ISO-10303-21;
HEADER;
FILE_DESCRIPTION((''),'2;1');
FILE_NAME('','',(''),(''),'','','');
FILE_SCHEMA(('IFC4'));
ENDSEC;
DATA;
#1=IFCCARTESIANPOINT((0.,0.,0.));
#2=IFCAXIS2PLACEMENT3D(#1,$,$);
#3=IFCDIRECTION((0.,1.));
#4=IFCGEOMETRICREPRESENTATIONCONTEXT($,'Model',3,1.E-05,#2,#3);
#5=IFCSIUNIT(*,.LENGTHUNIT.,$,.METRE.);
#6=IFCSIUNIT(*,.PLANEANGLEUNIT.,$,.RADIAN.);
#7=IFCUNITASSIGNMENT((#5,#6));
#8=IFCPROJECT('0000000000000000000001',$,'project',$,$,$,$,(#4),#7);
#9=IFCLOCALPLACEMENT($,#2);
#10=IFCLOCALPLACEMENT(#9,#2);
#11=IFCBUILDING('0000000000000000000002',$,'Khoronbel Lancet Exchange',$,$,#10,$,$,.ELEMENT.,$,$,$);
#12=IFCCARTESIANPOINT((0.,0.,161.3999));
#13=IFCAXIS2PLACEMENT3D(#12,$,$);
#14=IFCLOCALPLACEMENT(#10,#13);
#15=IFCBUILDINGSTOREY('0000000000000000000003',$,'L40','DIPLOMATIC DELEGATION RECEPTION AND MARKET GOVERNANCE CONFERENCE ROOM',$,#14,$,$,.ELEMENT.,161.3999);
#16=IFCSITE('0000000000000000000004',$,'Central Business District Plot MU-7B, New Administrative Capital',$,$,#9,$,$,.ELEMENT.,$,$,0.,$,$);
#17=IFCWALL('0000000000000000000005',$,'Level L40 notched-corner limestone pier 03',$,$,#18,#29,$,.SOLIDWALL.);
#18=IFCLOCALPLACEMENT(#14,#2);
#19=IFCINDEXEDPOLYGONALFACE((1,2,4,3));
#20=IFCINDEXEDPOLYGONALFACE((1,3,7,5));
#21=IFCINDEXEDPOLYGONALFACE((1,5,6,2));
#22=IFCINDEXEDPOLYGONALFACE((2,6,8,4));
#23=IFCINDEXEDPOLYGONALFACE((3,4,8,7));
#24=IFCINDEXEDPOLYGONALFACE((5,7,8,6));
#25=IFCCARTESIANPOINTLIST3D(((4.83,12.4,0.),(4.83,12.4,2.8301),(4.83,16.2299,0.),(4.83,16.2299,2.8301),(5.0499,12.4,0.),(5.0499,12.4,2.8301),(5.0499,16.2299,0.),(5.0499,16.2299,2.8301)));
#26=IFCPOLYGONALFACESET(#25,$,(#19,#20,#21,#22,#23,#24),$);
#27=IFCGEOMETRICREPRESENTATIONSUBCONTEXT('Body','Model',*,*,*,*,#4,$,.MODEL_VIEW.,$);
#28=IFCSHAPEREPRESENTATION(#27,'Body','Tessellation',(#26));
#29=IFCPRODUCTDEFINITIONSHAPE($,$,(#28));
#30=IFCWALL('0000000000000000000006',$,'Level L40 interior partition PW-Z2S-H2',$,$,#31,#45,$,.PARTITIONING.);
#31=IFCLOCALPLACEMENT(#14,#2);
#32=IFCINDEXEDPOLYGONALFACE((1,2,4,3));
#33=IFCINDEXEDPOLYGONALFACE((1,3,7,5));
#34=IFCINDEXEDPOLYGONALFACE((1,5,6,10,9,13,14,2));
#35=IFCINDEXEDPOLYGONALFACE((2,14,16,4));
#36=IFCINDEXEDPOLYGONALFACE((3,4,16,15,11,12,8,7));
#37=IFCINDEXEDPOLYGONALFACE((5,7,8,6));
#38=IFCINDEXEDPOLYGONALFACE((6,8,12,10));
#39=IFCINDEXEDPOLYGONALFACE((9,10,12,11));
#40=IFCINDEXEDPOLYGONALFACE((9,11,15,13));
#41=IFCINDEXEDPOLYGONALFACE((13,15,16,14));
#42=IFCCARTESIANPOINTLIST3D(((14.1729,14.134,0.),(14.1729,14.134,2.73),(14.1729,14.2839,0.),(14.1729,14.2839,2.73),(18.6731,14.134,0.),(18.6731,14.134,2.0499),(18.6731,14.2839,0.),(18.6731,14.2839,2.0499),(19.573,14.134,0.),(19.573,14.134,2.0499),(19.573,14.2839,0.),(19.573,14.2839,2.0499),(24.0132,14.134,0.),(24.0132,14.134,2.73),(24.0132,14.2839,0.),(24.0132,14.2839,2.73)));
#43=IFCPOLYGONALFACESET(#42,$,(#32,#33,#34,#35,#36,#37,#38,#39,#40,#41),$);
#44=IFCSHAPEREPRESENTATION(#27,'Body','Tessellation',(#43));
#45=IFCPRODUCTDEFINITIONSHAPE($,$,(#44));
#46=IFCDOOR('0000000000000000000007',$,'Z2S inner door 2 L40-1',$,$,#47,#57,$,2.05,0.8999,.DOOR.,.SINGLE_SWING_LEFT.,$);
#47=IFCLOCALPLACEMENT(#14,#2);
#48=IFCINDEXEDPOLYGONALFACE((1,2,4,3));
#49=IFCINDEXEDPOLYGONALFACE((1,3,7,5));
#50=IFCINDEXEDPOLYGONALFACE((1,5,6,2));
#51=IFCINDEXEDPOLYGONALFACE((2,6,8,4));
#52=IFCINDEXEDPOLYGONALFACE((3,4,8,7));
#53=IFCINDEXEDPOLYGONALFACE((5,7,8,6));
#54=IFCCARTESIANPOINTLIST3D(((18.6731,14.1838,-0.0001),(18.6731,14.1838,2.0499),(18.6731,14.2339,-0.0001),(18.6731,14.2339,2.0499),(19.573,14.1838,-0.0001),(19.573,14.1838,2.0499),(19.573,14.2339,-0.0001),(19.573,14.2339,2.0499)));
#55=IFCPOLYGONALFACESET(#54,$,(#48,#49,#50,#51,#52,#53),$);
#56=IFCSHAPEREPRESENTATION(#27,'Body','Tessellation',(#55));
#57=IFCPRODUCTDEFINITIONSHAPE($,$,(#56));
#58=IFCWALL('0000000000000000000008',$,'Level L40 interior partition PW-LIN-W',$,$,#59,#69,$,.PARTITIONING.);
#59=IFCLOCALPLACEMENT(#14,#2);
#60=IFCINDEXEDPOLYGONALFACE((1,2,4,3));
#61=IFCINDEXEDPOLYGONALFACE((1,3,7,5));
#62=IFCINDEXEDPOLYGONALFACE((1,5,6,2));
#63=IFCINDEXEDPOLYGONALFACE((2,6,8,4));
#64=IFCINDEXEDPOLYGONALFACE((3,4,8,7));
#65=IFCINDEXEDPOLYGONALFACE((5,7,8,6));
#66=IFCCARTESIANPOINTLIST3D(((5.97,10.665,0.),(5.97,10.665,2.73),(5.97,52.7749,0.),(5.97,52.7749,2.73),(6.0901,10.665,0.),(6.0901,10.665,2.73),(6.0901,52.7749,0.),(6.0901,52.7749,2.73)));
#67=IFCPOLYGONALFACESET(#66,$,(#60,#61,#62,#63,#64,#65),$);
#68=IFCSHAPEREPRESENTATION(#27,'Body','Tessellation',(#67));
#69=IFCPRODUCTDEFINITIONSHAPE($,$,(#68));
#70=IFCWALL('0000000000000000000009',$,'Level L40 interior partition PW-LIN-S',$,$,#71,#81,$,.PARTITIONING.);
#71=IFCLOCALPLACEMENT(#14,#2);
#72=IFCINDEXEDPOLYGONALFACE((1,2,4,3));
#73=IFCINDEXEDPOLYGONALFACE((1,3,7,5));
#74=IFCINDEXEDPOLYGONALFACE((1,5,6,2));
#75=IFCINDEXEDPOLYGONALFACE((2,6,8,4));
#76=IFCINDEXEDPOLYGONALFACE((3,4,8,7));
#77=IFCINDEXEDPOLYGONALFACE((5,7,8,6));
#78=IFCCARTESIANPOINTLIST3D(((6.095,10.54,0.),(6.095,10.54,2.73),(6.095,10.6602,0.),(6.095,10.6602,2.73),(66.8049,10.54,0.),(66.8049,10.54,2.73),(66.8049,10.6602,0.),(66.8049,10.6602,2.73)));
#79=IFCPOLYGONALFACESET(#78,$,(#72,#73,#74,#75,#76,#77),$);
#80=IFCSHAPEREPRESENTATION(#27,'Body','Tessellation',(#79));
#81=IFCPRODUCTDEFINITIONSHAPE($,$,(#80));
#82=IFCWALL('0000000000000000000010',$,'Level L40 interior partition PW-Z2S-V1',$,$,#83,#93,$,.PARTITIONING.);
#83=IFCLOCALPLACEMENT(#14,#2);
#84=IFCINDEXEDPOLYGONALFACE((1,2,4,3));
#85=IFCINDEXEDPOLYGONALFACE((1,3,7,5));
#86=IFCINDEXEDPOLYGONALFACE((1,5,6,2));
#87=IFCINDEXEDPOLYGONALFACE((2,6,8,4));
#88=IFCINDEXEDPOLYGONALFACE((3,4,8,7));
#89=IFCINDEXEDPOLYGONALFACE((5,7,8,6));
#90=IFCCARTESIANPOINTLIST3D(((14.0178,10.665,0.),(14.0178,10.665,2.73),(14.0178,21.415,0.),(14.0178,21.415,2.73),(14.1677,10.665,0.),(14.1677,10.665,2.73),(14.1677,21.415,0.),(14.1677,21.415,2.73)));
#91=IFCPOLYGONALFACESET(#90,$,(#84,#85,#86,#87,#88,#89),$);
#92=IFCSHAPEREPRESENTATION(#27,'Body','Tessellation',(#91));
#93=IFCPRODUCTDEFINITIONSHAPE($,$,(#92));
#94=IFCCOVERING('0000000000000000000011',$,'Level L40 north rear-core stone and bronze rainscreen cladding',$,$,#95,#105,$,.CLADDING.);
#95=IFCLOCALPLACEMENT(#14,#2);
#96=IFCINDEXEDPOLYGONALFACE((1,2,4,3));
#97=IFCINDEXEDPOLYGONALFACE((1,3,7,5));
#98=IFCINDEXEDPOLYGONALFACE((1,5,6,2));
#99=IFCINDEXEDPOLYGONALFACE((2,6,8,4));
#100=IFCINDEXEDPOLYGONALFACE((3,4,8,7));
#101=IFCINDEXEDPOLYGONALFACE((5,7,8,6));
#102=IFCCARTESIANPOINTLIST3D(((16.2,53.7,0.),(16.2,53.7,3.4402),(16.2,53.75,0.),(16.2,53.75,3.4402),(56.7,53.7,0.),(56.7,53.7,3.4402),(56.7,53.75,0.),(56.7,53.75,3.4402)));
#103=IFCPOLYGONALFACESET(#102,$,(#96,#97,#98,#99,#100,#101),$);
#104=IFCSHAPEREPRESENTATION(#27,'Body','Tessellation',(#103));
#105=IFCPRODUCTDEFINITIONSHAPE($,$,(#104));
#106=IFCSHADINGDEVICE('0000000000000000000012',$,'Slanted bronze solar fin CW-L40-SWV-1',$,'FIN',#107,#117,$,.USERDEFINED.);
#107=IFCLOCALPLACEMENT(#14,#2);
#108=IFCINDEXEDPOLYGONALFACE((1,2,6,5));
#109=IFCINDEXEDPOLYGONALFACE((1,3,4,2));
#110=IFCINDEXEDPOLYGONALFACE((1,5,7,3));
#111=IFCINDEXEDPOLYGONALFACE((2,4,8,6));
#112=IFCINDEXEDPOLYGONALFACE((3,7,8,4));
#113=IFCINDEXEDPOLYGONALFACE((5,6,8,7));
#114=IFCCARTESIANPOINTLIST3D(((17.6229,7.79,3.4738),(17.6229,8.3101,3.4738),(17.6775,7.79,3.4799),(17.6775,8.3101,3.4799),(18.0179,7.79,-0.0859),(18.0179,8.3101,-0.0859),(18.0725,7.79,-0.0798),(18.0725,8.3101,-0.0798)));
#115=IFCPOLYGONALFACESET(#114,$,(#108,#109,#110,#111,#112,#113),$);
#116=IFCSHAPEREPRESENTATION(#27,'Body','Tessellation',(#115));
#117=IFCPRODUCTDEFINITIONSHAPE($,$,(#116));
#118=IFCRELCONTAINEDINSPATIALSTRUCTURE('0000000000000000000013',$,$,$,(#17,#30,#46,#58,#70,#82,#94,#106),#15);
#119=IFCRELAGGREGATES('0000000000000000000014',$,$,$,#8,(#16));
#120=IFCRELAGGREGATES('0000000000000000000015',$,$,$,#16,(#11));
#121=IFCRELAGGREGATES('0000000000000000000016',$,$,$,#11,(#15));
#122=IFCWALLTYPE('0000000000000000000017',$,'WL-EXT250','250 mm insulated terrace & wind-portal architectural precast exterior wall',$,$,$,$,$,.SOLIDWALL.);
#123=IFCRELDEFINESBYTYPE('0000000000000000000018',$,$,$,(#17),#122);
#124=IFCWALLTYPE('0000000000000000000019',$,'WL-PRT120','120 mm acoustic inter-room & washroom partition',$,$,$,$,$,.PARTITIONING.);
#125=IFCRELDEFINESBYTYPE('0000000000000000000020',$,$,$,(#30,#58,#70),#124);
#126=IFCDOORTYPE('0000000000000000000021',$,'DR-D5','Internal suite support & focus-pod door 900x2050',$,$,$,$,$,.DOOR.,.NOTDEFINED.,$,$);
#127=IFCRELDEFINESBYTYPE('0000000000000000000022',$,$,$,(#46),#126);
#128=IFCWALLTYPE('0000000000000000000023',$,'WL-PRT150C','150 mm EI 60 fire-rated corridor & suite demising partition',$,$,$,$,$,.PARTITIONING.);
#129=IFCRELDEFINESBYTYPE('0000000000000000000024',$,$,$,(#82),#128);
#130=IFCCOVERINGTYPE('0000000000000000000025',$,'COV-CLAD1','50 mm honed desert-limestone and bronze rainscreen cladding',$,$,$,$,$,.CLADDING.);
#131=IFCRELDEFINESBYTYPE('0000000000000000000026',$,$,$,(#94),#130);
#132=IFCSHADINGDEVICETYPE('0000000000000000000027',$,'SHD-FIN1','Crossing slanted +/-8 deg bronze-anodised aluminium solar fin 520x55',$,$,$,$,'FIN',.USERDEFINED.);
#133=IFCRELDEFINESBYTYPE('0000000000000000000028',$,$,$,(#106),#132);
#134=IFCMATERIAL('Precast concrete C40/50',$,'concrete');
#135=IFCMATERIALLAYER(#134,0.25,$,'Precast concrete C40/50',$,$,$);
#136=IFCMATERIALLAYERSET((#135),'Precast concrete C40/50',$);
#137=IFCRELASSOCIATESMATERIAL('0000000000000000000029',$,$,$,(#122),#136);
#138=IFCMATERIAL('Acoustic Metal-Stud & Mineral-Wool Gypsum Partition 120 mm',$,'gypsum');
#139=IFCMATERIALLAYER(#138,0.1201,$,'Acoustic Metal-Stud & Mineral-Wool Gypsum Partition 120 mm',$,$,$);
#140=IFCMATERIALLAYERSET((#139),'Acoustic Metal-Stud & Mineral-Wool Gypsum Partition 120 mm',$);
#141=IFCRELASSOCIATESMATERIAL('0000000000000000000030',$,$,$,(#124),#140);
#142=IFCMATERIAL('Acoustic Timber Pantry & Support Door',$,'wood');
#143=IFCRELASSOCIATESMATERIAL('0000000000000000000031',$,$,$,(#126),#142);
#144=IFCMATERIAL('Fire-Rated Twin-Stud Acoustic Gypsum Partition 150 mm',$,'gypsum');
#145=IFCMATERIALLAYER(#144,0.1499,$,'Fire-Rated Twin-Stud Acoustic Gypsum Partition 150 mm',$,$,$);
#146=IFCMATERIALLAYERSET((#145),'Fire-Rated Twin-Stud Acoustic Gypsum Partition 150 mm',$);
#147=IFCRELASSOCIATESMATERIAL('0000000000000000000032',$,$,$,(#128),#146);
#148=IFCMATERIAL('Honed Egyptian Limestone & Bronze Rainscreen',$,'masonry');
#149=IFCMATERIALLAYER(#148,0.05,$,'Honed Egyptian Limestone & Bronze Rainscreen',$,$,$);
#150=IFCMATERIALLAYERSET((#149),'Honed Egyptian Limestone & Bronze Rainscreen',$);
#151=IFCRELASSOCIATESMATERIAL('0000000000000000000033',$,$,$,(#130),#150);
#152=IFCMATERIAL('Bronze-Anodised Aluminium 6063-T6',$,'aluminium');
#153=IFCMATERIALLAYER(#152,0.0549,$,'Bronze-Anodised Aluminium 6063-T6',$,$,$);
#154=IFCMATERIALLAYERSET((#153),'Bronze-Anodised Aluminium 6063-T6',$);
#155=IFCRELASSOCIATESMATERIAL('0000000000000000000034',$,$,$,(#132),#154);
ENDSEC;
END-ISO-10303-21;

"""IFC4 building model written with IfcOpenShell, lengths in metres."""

from ifc_helpers import new_model, si_unit, direction, frame, frame_2d, origin, place, context, subcontext, project, spatial, polyline, rectangle, outline, extrude, material, layer, layer_set, type_object, element, fill, save


model = new_model("IFC4")

# Units and contexts
model_context = context("Model", 3, precision=1e-05, world=origin(), true_north=direction((0.0, 1.0)))
body_context = subcontext(model_context, "Body", "Model", "MODEL_VIEW")
ifc_project = project(units=[si_unit("LENGTHUNIT", "METRE"), si_unit("PLANEANGLEUNIT", "RADIAN")], contexts=[model_context])

# Site, building, storey
site_placement = place(None, origin())
site = spatial("IfcSite", under=ifc_project, at=site_placement, Name="Central Business District Plot MU-7B, New Administrative Capital", CompositionType="ELEMENT", RefElevation=0.0)
building_placement = place(site_placement, origin())
building = spatial("IfcBuilding", under=site, at=building_placement, Name="Khoronbel Lancet Exchange", CompositionType="ELEMENT")
storey_placement = place(building_placement, frame((0.0, 0.0, 161.3999)))
storey = spatial("IfcBuildingStorey", under=building, at=storey_placement, Name="L40", Description="DIPLOMATIC DELEGATION RECEPTION AND MARKET GOVERNANCE CONFERENCE ROOM", CompositionType="ELEMENT", Elevation=161.3999)

# Shared definitions
ifc_material_1 = material(Name="Bronze-Anodised Aluminium 6063-T6", Category="aluminium")

# Wall
ifc_material_2 = material(Name="Precast concrete C40/50", Category="concrete")
ifc_layer_1 = layer(ifc_material_2, 0.25, Name="Precast concrete C40/50")
ifc_layer_set_1 = layer_set([ifc_layer_1], Name="Precast concrete C40/50")
wall_type_1 = type_object("IfcWallType", Name="WL-EXT250", Description="250 mm insulated terrace & wind-portal architectural precast exterior wall", PredefinedType="SOLIDWALL", material=ifc_layer_set_1)
wall_1_placement = place(storey_placement, frame((4.9399, 12.3999, 0.0), z_axis=(0.0, 0.0, 1.0), x_axis=(0.0, 1.0, 0.0)))
element("IfcWall", 1, at=wall_1_placement, inside=storey, type_object=wall_type_1, Name="Level L40 notched-corner limestone pier 03", PredefinedType="SOLIDWALL", context=body_context, shape_type="SweptSolid", body=[
    extrude(rectangle(XDim=3.8298, YDim=0.22, at=frame_2d((1.915, 0.0))), origin(), (0.0, 0.0, 1.0), 2.8301),
])

# Wall, opening, door
ifc_material_3 = material(Name="Acoustic Metal-Stud & Mineral-Wool Gypsum Partition 120 mm", Category="gypsum")
ifc_layer_2 = layer(ifc_material_3, 0.1201, Name="Acoustic Metal-Stud & Mineral-Wool Gypsum Partition 120 mm")
ifc_layer_set_2 = layer_set([ifc_layer_2], Name="Acoustic Metal-Stud & Mineral-Wool Gypsum Partition 120 mm")
wall_type_2 = type_object("IfcWallType", Name="WL-PRT120", Description="120 mm acoustic inter-room & washroom partition", PredefinedType="PARTITIONING", material=ifc_layer_set_2)
wall_2_placement = place(storey_placement, frame((14.1729, 14.209, 0.0), z_axis=(0.0, 0.0, 1.0), x_axis=(1.0, 0.0, 0.0)))
wall_2 = element("IfcWall", 2, at=wall_2_placement, inside=storey, type_object=wall_type_2, Name="Level L40 interior partition PW-Z2S-H2", PredefinedType="PARTITIONING", context=body_context, shape_type="SweptSolid", body=[
    extrude(rectangle(XDim=9.8403, YDim=0.1499, at=frame_2d((4.9202, 0.0))), origin(), (0.0, 0.0, 1.0), 2.73),
])
opening_placement = place(wall_2_placement, frame((4.5002, 0.0, 0.0)))
opening = element("IfcOpeningElement", 3, at=opening_placement, cuts=wall_2, PredefinedType="OPENING", context=body_context, shape_type="SweptSolid", body=[
    extrude(rectangle(XDim=0.8999, YDim=2.05, at=frame_2d((0.45, 1.0249))), frame((0.0, 0.085, 0.0), z_axis=(0.0, -1.0, 0.0), x_axis=(1.0, 0.0, 0.0)), (0.0, 0.0, 1.0), 0.1699),
])
ifc_material_4 = material(Name="Acoustic Timber Pantry & Support Door", Category="wood")
door_type = type_object("IfcDoorType", Name="DR-D5", Description="Internal suite support & focus-pod door 900x2050", OperationType="NOTDEFINED", PredefinedType="DOOR", material=ifc_material_4)
door_placement = place(opening_placement, origin())
door = element("IfcDoor", 4, at=door_placement, inside=storey, type_object=door_type, Name="Z2S inner door 2 L40-1", OperationType="SINGLE_SWING_LEFT", OverallHeight=2.05, OverallWidth=0.8999, PredefinedType="DOOR", context=body_context, shape_type="SweptSolid", body=[
    extrude(rectangle(XDim=0.8999, YDim=2.05, at=frame_2d((0.45, 1.0249))), frame((0.0, 0.0249, 0.0), z_axis=(0.0, -1.0, 0.0), x_axis=(1.0, 0.0, 0.0)), (0.0, 0.0, 1.0), 0.05),
])
fill(opening, door)

# Walls
wall_3_placement = place(storey_placement, frame((6.03, 10.665, 0.0), z_axis=(0.0, 0.0, 1.0), x_axis=(0.0, 1.0, 0.0)))
element("IfcWall", 5, at=wall_3_placement, inside=storey, type_object=wall_type_2, Name="Level L40 interior partition PW-LIN-W", PredefinedType="PARTITIONING", context=body_context, shape_type="SweptSolid", body=[
    extrude(rectangle(XDim=42.1099, YDim=0.1201, at=frame_2d((21.0549, 0.0))), origin(), (0.0, 0.0, 1.0), 2.73),
])
wall_4_placement = place(storey_placement, frame((6.095, 10.6001, 0.0), z_axis=(0.0, 0.0, 1.0), x_axis=(1.0, 0.0, 0.0)))
element("IfcWall", 6, at=wall_4_placement, inside=storey, type_object=wall_type_2, Name="Level L40 interior partition PW-LIN-S", PredefinedType="PARTITIONING", context=body_context, shape_type="SweptSolid", body=[
    extrude(rectangle(XDim=60.71, YDim=0.1201, at=frame_2d((30.355, 0.0))), origin(), (0.0, 0.0, 1.0), 2.73),
])
ifc_material_5 = material(Name="Fire-Rated Twin-Stud Acoustic Gypsum Partition 150 mm", Category="gypsum")
ifc_layer_3 = layer(ifc_material_5, 0.1499, Name="Fire-Rated Twin-Stud Acoustic Gypsum Partition 150 mm")
ifc_layer_set_3 = layer_set([ifc_layer_3], Name="Fire-Rated Twin-Stud Acoustic Gypsum Partition 150 mm")
wall_type_3 = type_object("IfcWallType", Name="WL-PRT150C", Description="150 mm EI 60 fire-rated corridor & suite demising partition", PredefinedType="PARTITIONING", material=ifc_layer_set_3)
wall_5_placement = place(storey_placement, frame((14.0928, 10.665, 0.0), z_axis=(0.0, 0.0, 1.0), x_axis=(0.0, 1.0, 0.0)))
element("IfcWall", 7, at=wall_5_placement, inside=storey, type_object=wall_type_3, Name="Level L40 interior partition PW-Z2S-V1", PredefinedType="PARTITIONING", context=body_context, shape_type="SweptSolid", body=[
    extrude(rectangle(XDim=10.75, YDim=0.1499, at=frame_2d((5.375, 0.0))), origin(), (0.0, 0.0, 1.0), 2.73),
])

# Covering
ifc_material_6 = material(Name="Honed Egyptian Limestone & Bronze Rainscreen", Category="masonry")
ifc_layer_4 = layer(ifc_material_6, 0.05, Name="Honed Egyptian Limestone & Bronze Rainscreen")
ifc_layer_set_4 = layer_set([ifc_layer_4], Name="Honed Egyptian Limestone & Bronze Rainscreen")
covering_type = type_object("IfcCoveringType", Name="COV-CLAD1", Description="50 mm honed desert-limestone and bronze rainscreen cladding", PredefinedType="CLADDING", material=ifc_layer_set_4)
covering_placement = place(storey_placement, origin())
element("IfcCovering", 8, at=covering_placement, inside=storey, type_object=covering_type, Name="Level L40 north rear-core stone and bronze rainscreen cladding", PredefinedType="CLADDING", context=body_context, shape_type="SweptSolid", body=[
    extrude(outline(polyline([(16.2, 53.7), (56.7, 53.7), (56.7, 53.75), (16.2, 53.75), (16.2, 53.7)])), origin(), (0.0, 0.0, 1.0), 3.4402),
])

# Shading device
ifc_layer_5 = layer(ifc_material_1, 0.0549, Name="Bronze-Anodised Aluminium 6063-T6")
ifc_layer_set_5 = layer_set([ifc_layer_5], Name="Bronze-Anodised Aluminium 6063-T6")
shading_device_type = type_object("IfcShadingDeviceType", Name="SHD-FIN1", Description="Crossing slanted +/-8 deg bronze-anodised aluminium solar fin 520x55", ElementType="FIN", PredefinedType="USERDEFINED", material=ifc_layer_set_5)
shading_device_placement = place(storey_placement, frame((18.0725, 8.3101, -0.0798), z_axis=(0.9939, 0.0, 0.110289), x_axis=(0.0, -1.0, 0.0)))
element("IfcShadingDevice", 9, at=shading_device_placement, inside=storey, type_object=shading_device_type, Name="Slanted bronze solar fin CW-L40-SWV-1", ObjectType="FIN", PredefinedType="USERDEFINED", context=body_context, shape_type="SweptSolid", body=[
    extrude(outline(polyline([(0.0, 0.0), (0.52, 0.0), (0.52, -3.5815), (0.0, -3.5815), (0.0, 0.0)])), origin(), (0.0, 0.0, -1.0), 0.0549),
])

save(model, "model.ifc")
